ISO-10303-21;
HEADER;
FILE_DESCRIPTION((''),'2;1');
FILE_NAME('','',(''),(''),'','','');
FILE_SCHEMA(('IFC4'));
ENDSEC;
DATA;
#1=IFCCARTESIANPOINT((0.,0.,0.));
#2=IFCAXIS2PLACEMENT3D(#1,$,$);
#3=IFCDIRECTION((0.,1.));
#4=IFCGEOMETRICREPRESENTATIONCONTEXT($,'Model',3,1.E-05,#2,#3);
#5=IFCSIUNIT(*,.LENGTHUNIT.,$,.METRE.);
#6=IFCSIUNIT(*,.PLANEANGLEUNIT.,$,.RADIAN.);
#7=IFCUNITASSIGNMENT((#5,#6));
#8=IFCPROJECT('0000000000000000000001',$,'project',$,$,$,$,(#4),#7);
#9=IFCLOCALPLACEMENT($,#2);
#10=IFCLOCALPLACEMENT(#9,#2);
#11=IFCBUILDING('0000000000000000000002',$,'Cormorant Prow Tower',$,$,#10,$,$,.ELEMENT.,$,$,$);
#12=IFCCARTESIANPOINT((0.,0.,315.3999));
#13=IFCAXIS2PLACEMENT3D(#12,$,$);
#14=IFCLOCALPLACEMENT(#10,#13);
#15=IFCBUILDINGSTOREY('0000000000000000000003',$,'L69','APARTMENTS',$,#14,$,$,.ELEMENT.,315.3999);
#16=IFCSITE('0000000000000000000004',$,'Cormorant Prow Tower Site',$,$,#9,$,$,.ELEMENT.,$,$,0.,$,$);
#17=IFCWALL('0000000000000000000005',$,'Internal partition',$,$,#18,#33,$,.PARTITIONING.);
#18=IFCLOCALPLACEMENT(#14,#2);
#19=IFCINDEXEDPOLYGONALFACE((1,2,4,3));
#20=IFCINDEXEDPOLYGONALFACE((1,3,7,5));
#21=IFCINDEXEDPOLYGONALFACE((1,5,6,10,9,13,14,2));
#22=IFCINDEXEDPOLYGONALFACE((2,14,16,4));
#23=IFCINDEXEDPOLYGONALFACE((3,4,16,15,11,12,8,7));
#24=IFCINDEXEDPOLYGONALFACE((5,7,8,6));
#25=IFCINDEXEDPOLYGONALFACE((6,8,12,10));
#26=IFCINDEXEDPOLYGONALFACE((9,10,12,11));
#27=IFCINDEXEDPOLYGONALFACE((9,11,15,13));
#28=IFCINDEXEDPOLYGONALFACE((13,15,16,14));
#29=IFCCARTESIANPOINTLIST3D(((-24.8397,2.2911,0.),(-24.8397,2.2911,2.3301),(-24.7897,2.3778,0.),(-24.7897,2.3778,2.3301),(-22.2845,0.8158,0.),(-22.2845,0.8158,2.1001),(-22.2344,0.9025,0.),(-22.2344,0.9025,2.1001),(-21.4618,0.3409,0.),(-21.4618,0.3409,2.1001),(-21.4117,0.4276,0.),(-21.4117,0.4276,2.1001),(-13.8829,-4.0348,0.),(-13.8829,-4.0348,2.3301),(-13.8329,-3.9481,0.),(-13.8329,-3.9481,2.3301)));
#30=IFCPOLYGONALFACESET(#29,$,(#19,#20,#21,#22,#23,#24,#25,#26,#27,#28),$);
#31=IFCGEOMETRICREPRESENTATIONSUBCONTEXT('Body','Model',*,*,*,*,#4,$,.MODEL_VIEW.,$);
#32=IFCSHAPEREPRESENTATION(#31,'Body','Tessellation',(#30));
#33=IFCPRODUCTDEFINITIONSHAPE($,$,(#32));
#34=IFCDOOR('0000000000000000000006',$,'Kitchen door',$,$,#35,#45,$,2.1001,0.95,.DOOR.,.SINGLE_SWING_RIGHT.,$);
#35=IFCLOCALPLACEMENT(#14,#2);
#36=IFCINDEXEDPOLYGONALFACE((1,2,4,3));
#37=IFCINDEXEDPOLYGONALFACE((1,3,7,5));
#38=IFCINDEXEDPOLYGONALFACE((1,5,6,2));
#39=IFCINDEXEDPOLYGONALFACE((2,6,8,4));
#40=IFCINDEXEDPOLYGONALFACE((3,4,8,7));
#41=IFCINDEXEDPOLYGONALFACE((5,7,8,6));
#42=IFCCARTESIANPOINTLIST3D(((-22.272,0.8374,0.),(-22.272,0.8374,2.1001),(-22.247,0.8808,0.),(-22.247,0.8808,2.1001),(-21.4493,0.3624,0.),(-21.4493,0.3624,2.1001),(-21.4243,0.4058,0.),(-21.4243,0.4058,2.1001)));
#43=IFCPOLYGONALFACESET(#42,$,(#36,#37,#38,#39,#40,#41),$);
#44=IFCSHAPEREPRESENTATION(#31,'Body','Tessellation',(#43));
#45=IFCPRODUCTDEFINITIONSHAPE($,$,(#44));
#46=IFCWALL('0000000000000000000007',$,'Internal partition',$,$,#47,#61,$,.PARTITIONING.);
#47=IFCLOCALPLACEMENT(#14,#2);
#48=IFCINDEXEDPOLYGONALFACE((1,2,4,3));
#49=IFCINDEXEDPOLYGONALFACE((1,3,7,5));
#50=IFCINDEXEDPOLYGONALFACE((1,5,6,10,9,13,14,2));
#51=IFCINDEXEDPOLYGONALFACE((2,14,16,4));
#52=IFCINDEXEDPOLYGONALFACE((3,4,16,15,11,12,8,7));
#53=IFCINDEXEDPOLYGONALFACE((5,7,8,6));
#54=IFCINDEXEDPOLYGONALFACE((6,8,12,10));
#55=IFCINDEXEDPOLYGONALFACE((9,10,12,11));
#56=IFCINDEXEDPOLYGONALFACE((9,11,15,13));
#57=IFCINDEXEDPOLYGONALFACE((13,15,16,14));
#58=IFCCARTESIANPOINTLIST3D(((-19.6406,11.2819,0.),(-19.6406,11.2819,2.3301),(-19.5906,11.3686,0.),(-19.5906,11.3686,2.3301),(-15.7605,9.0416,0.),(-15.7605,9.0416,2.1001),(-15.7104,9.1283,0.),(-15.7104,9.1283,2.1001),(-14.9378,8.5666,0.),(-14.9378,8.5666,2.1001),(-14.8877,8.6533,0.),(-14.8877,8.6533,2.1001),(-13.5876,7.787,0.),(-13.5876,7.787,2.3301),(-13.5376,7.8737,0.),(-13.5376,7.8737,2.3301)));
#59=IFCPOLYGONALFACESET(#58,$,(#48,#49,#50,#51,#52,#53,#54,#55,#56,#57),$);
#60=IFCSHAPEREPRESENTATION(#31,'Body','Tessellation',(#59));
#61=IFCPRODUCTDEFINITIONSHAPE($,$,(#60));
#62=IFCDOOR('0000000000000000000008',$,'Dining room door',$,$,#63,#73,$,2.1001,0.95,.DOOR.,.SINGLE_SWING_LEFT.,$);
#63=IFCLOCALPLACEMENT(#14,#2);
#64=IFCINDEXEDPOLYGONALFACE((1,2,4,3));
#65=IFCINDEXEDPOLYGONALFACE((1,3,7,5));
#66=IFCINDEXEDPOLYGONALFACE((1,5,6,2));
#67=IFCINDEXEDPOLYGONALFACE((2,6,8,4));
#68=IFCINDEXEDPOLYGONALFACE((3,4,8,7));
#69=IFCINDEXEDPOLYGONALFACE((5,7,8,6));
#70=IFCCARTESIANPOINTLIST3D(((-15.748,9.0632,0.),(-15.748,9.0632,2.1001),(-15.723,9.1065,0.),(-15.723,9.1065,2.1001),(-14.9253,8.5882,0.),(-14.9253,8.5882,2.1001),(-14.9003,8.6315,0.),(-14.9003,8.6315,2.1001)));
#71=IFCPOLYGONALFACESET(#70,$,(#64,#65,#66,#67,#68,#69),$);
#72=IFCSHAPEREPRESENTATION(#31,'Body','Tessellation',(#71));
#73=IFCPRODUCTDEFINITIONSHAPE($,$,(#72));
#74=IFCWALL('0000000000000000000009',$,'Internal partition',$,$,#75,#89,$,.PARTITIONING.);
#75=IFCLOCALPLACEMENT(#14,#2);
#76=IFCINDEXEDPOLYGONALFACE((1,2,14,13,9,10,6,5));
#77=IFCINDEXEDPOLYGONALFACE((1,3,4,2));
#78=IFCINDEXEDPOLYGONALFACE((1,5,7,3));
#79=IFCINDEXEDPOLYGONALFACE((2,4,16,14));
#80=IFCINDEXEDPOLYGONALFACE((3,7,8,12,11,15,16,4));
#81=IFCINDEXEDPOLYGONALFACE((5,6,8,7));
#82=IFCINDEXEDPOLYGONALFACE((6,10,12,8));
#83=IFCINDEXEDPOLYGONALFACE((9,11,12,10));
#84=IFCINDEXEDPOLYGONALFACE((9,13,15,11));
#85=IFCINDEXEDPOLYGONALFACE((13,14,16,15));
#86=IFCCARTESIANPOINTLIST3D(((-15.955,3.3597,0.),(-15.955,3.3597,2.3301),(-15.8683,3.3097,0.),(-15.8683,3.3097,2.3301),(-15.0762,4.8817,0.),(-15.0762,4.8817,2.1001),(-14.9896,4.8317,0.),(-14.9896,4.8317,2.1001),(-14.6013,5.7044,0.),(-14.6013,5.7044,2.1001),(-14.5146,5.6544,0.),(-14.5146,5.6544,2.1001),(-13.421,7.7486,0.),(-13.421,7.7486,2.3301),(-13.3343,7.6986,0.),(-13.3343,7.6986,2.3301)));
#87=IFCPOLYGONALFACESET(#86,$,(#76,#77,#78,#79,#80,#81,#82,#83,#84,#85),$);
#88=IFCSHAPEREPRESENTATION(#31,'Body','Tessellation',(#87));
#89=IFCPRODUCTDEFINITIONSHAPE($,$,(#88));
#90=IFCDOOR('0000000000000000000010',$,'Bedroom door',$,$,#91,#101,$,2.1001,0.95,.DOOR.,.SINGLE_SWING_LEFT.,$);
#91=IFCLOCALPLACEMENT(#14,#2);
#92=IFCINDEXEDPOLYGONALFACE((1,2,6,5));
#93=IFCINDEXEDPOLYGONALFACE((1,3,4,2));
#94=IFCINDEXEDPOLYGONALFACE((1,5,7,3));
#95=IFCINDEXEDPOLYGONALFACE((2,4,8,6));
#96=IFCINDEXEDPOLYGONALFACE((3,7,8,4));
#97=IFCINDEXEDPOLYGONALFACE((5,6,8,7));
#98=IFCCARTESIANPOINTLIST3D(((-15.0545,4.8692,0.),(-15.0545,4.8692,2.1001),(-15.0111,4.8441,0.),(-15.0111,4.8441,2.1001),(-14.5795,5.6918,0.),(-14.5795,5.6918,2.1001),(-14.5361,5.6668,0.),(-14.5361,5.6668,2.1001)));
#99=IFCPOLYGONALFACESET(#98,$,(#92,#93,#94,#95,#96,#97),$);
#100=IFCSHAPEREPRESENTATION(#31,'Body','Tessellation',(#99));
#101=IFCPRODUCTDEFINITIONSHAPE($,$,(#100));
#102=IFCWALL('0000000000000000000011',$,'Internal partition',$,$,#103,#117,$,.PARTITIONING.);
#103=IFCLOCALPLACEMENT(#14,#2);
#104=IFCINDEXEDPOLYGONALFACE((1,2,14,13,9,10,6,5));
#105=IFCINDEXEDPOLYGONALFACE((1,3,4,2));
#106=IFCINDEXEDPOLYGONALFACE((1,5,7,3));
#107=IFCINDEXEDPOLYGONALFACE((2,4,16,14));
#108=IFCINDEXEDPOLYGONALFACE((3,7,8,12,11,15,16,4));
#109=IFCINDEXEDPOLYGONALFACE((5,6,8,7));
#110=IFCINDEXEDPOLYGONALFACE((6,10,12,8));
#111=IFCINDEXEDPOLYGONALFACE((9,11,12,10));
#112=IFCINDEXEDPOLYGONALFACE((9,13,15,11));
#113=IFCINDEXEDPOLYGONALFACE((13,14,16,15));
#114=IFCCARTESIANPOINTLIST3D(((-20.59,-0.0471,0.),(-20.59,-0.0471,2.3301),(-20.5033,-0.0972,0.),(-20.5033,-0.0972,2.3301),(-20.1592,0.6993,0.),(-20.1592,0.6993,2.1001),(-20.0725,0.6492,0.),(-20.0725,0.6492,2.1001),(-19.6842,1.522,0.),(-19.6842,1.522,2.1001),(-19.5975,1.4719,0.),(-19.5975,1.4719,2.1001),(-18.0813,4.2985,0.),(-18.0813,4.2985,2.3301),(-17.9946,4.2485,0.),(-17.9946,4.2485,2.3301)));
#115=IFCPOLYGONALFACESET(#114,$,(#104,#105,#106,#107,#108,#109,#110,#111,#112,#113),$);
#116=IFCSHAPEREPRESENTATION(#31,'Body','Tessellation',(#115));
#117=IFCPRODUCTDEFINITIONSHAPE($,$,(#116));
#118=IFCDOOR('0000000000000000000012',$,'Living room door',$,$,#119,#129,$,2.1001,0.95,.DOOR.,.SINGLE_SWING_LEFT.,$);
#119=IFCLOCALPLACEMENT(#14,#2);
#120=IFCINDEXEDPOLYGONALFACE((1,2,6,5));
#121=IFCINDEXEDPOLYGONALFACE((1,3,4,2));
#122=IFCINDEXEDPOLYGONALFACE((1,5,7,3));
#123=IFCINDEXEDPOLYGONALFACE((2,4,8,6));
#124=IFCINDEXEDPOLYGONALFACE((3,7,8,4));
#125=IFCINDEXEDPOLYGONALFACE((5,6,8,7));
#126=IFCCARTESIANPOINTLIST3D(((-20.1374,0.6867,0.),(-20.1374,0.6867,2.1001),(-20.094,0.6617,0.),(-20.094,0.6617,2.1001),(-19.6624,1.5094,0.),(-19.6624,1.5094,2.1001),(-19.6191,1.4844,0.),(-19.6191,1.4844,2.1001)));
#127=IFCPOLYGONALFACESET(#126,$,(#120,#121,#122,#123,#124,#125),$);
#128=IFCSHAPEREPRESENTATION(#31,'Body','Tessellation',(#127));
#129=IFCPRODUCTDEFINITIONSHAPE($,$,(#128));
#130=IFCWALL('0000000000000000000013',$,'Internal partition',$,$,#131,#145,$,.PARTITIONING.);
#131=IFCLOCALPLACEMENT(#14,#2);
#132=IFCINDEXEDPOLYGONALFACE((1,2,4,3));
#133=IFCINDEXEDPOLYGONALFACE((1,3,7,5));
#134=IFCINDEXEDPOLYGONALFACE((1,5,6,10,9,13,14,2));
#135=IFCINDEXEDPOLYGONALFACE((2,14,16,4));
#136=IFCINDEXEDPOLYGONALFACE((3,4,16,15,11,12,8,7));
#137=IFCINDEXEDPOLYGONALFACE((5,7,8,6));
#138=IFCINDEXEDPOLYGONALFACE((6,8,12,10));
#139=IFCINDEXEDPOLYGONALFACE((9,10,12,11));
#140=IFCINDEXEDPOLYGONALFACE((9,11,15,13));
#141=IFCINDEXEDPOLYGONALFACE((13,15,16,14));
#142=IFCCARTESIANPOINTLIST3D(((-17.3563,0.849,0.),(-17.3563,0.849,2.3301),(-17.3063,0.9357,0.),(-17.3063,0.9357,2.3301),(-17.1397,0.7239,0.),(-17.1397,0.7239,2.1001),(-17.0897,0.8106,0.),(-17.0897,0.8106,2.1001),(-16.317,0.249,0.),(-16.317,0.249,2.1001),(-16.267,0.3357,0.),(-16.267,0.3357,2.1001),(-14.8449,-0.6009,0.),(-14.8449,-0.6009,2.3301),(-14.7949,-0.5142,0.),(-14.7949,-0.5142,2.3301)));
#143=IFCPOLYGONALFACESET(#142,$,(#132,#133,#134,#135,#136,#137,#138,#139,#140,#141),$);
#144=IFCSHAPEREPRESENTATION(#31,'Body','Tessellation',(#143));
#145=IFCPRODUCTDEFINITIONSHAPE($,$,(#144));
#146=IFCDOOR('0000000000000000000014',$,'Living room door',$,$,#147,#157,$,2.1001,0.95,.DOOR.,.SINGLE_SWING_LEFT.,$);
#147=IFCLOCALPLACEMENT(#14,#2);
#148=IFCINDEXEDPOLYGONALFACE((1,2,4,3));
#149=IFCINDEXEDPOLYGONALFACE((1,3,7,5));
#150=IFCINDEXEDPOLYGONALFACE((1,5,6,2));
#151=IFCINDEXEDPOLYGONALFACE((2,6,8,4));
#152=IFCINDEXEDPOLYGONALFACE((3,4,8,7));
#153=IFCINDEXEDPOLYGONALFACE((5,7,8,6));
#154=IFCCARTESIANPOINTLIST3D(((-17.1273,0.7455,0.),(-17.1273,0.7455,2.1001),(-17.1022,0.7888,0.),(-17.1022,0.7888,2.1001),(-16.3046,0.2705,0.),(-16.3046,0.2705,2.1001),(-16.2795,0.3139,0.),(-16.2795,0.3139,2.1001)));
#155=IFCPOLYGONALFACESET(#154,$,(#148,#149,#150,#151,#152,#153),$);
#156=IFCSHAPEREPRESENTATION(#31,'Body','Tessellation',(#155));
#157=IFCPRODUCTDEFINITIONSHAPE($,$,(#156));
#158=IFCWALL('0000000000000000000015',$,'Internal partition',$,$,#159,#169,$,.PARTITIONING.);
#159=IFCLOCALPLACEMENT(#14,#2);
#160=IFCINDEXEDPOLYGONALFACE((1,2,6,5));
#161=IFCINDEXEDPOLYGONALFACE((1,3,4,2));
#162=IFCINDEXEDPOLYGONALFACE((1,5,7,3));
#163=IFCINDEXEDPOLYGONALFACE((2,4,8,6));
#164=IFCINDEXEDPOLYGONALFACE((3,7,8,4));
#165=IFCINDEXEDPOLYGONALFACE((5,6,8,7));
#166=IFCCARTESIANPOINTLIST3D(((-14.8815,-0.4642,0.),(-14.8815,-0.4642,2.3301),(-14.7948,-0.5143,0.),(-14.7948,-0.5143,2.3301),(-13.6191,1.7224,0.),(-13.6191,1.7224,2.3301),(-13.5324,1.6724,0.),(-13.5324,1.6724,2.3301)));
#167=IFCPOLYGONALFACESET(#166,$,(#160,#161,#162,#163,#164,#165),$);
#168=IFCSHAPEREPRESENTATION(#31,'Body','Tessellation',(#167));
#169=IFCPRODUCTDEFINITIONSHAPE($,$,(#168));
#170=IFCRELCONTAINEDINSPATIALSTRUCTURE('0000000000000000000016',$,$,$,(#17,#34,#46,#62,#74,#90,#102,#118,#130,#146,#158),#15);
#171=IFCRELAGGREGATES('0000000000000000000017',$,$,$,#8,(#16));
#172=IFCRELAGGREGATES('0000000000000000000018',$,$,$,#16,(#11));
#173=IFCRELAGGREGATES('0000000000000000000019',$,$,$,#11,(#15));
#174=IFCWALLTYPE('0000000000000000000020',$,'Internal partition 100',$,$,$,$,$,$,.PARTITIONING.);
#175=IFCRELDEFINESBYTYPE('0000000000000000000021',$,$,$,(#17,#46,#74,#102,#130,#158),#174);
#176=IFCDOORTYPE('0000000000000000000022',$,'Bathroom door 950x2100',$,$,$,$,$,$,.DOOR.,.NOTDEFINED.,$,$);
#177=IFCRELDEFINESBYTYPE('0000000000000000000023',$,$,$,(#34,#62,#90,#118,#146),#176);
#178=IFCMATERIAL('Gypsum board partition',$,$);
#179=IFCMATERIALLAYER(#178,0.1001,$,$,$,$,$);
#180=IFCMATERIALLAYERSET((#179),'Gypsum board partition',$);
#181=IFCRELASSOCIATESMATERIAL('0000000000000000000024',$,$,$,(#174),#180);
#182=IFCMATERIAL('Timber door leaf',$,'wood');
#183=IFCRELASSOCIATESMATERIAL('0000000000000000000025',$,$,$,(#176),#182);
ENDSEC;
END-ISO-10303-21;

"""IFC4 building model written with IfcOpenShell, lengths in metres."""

from ifc_helpers import new_model, si_unit, direction, frame, frame_2d, origin, place, context, subcontext, project, spatial, rectangle, extrude, material, layer, layer_set, type_object, element, fill, save


model = new_model("IFC4")

# Units and contexts
model_context = context("Model", 3, precision=1e-05, world=origin(), true_north=direction((0.0, 1.0)))
body_context = subcontext(model_context, "Body", "Model", "MODEL_VIEW")
ifc_project = project(units=[si_unit("LENGTHUNIT", "METRE"), si_unit("PLANEANGLEUNIT", "RADIAN")], contexts=[model_context])

# Site, building, storey
site_placement = place(None, origin())
site = spatial("IfcSite", under=ifc_project, at=site_placement, Name="Cormorant Prow Tower Site", CompositionType="ELEMENT", RefElevation=0.0)
building_placement = place(site_placement, origin())
building = spatial("IfcBuilding", under=site, at=building_placement, Name="Cormorant Prow Tower", CompositionType="ELEMENT")
storey_placement = place(building_placement, frame((0.0, 0.0, 315.3999)))
storey = spatial("IfcBuildingStorey", under=building, at=storey_placement, Name="L69", Description="APARTMENTS", CompositionType="ELEMENT", Elevation=315.3999)

# Walls, openings, doors
ifc_material_1 = material(Name="Gypsum board partition")
ifc_layer_1 = layer(ifc_material_1, 0.1001)
ifc_layer_set_1 = layer_set([ifc_layer_1], Name="Gypsum board partition")
wall_type_1 = type_object("IfcWallType", Name="Internal partition 100", PredefinedType="PARTITIONING", material=ifc_layer_set_1)
wall_1_placement = place(storey_placement, frame((-24.8147, 2.3345, 0.0), z_axis=(0.0, 0.0, 1.0), x_axis=(0.866025, -0.500001, 0.0)))
wall_1 = element("IfcWall", 1, at=wall_1_placement, inside=storey, type_object=wall_type_1, Name="Internal partition", PredefinedType="PARTITIONING", context=body_context, shape_type="SweptSolid", body=[
    extrude(rectangle(XDim=12.6519, YDim=0.1001, at=frame_2d((6.3259, 0.0))), origin(), (0.0, 0.0, 1.0), 2.3301),
])
opening_1_placement = place(wall_1_placement, frame((2.9504, 0.0, 0.0)))
opening_1 = element("IfcOpeningElement", 2, at=opening_1_placement, cuts=wall_1, PredefinedType="OPENING", context=body_context, shape_type="SweptSolid", body=[
    extrude(rectangle(XDim=0.95, YDim=2.1001, at=frame_2d((0.4751, 1.05))), frame((0.0, 0.0601, 0.0), z_axis=(0.0, -1.0, 0.0), x_axis=(1.0, 0.0, 0.0)), (0.0, 0.0, 1.0), 0.1201),
])
ifc_material_2 = material(Name="Timber door leaf", Category="wood")
door_type_1 = type_object("IfcDoorType", Name="Bathroom door 950x2100", OperationType="NOTDEFINED", PredefinedType="DOOR", material=ifc_material_2)
door_1_placement = place(opening_1_placement, origin())
door_1 = element("IfcDoor", 3, at=door_1_placement, inside=storey, type_object=door_type_1, Name="Kitchen door", OperationType="SINGLE_SWING_RIGHT", OverallHeight=2.1001, OverallWidth=0.95, PredefinedType="DOOR", context=body_context, shape_type="SweptSolid", body=[
    extrude(rectangle(XDim=0.95, YDim=2.1001, at=frame_2d((0.4751, 1.05))), frame((0.0, 0.0249, 0.0), z_axis=(0.0, -1.0, 0.0), x_axis=(1.0, 0.0, 0.0)), (0.0, 0.0, 1.0), 0.05),
])
fill(opening_1, door_1)
wall_2_placement = place(storey_placement, frame((-19.6155, 11.3252, 0.0), z_axis=(0.0, 0.0, 1.0), x_axis=(0.866014, -0.50002, 0.0)))
wall_2 = element("IfcWall", 4, at=wall_2_placement, inside=storey, type_object=wall_type_1, Name="Internal partition", PredefinedType="PARTITIONING", context=body_context, shape_type="SweptSolid", body=[
    extrude(rectangle(XDim=6.9895, YDim=0.1001, at=frame_2d((3.4946, 0.0))), origin(), (0.0, 0.0, 1.0), 2.3301),
])
opening_2_placement = place(wall_2_placement, frame((4.4802, 0.0, 0.0)))
opening_2 = element("IfcOpeningElement", 5, at=opening_2_placement, cuts=wall_2, PredefinedType="OPENING", context=body_context, shape_type="SweptSolid", body=[
    extrude(rectangle(XDim=0.95, YDim=2.1001, at=frame_2d((0.4751, 1.05))), frame((0.0, 0.0601, 0.0), z_axis=(0.0, -1.0, 0.0), x_axis=(1.0, 0.0, 0.0)), (0.0, 0.0, 1.0), 0.1201),
])
door_2_placement = place(opening_2_placement, origin())
door_2 = element("IfcDoor", 6, at=door_2_placement, inside=storey, type_object=door_type_1, Name="Dining room door", OperationType="SINGLE_SWING_LEFT", OverallHeight=2.1001, OverallWidth=0.95, PredefinedType="DOOR", context=body_context, shape_type="SweptSolid", body=[
    extrude(rectangle(XDim=0.95, YDim=2.1001, at=frame_2d((0.4751, 1.05))), frame((0.0, 0.0249, 0.0), z_axis=(0.0, -1.0, 0.0), x_axis=(1.0, 0.0, 0.0)), (0.0, 0.0, 1.0), 0.05),
])
fill(opening_2, door_2)
wall_3_placement = place(storey_placement, frame((-15.9116, 3.3347, 0.0), z_axis=(0.0, 0.0, 1.0), x_axis=(0.499999, 0.866026, 0.0)))
wall_3 = element("IfcWall", 7, at=wall_3_placement, inside=storey, type_object=wall_type_1, Name="Internal partition", PredefinedType="PARTITIONING", context=body_context, shape_type="SweptSolid", body=[
    extrude(rectangle(XDim=5.0679, YDim=0.1001, at=frame_2d((2.5339, 0.0))), origin(), (0.0, 0.0, 1.0), 2.3301),
])
opening_3_placement = place(wall_3_placement, frame((1.7573, 0.0, 0.0)))
opening_3 = element("IfcOpeningElement", 8, at=opening_3_placement, cuts=wall_3, PredefinedType="OPENING", context=body_context, shape_type="SweptSolid", body=[
    extrude(rectangle(XDim=0.95, YDim=2.1001, at=frame_2d((0.4751, 1.05))), frame((0.0, 0.0601, 0.0), z_axis=(0.0, -1.0, 0.0), x_axis=(1.0, 0.0, 0.0)), (0.0, 0.0, 1.0), 0.1201),
])
door_3_placement = place(opening_3_placement, origin())
door_3 = element("IfcDoor", 9, at=door_3_placement, inside=storey, type_object=door_type_1, Name="Bedroom door", OperationType="SINGLE_SWING_LEFT", OverallHeight=2.1001, OverallWidth=0.95, PredefinedType="DOOR", context=body_context, shape_type="SweptSolid", body=[
    extrude(rectangle(XDim=0.95, YDim=2.1001, at=frame_2d((0.4751, 1.05))), frame((0.0, 0.0249, 0.0), z_axis=(0.0, -1.0, 0.0), x_axis=(1.0, 0.0, 0.0)), (0.0, 0.0, 1.0), 0.05),
])
fill(opening_3, door_3)
wall_4_placement = place(storey_placement, frame((-20.5466, -0.072, 0.0), z_axis=(0.0, 0.0, 1.0), x_axis=(0.49997, 0.866043, 0.0)))
wall_4 = element("IfcWall", 10, at=wall_4_placement, inside=storey, type_object=wall_type_1, Name="Internal partition", PredefinedType="PARTITIONING", context=body_context, shape_type="SweptSolid", body=[
    extrude(rectangle(XDim=5.0178, YDim=0.1001, at=frame_2d((2.5088, 0.0))), origin(), (0.0, 0.0, 1.0), 2.3301),
])
opening_4_placement = place(wall_4_placement, frame((0.8616, 0.0, 0.0)))
opening_4 = element("IfcOpeningElement", 11, at=opening_4_placement, cuts=wall_4, PredefinedType="OPENING", context=body_context, shape_type="SweptSolid", body=[
    extrude(rectangle(XDim=0.95, YDim=2.1001, at=frame_2d((0.4751, 1.05))), frame((0.0, 0.0601, 0.0), z_axis=(0.0, -1.0, 0.0), x_axis=(1.0, 0.0, 0.0)), (0.0, 0.0, 1.0), 0.1201),
])
door_4_placement = place(opening_4_placement, origin())
door_4 = element("IfcDoor", 12, at=door_4_placement, inside=storey, type_object=door_type_1, Name="Living room door", OperationType="SINGLE_SWING_LEFT", OverallHeight=2.1001, OverallWidth=0.95, PredefinedType="DOOR", context=body_context, shape_type="SweptSolid", body=[
    extrude(rectangle(XDim=0.95, YDim=2.1001, at=frame_2d((0.4751, 1.05))), frame((0.0, 0.0249, 0.0), z_axis=(0.0, -1.0, 0.0), x_axis=(1.0, 0.0, 0.0)), (0.0, 0.0, 1.0), 0.05),
])
fill(opening_4, door_4)
wall_5_placement = place(storey_placement, frame((-17.3313, 0.8923, 0.0), z_axis=(0.0, 0.0, 1.0), x_axis=(0.866033, -0.499987, 0.0)))
wall_5 = element("IfcWall", 13, at=wall_5_placement, inside=storey, type_object=wall_type_1, Name="Internal partition", PredefinedType="PARTITIONING", context=body_context, shape_type="SweptSolid", body=[
    extrude(rectangle(XDim=2.8999, YDim=0.1001, at=frame_2d((1.45, 0.0))), origin(), (0.0, 0.0, 1.0), 2.3301),
])
opening_5_placement = place(wall_5_placement, frame((0.25, 0.0, 0.0)))
opening_5 = element("IfcOpeningElement", 14, at=opening_5_placement, cuts=wall_5, PredefinedType="OPENING", context=body_context, shape_type="SweptSolid", body=[
    extrude(rectangle(XDim=0.95, YDim=2.1001, at=frame_2d((0.4751, 1.05))), frame((0.0, 0.0601, 0.0), z_axis=(0.0, -1.0, 0.0), x_axis=(1.0, 0.0, 0.0)), (0.0, 0.0, 1.0), 0.1201),
])
door_5_placement = place(opening_5_placement, origin())
door_5 = element("IfcDoor", 15, at=door_5_placement, inside=storey, type_object=door_type_1, Name="Living room door", OperationType="SINGLE_SWING_LEFT", OverallHeight=2.1001, OverallWidth=0.95, PredefinedType="DOOR", context=body_context, shape_type="SweptSolid", body=[
    extrude(rectangle(XDim=0.95, YDim=2.1001, at=frame_2d((0.4751, 1.05))), frame((0.0, 0.0249, 0.0), z_axis=(0.0, -1.0, 0.0), x_axis=(1.0, 0.0, 0.0)), (0.0, 0.0, 1.0), 0.05),
])
fill(opening_5, door_5)

# Wall
for number, where, z_axis, x_axis, name in (
    (16, (-14.8381, -0.4893, 0.0), (0.0, 0.0, 1.0), (0.499976, 0.866039, 0.0), "Internal partition"),
):
    element("IfcWall", number, at=place(storey_placement, frame(where, z_axis=z_axis, x_axis=x_axis)), inside=storey, type_object=wall_type_1, Name=name, PredefinedType="PARTITIONING", context=body_context, shape_type="SweptSolid", body=[
        extrude(rectangle(XDim=2.5249, YDim=0.1001, at=frame_2d((1.2625, 0.0))), origin(), (0.0, 0.0, 1.0), 2.3301),
    ])

save(model, "model.ifc")
